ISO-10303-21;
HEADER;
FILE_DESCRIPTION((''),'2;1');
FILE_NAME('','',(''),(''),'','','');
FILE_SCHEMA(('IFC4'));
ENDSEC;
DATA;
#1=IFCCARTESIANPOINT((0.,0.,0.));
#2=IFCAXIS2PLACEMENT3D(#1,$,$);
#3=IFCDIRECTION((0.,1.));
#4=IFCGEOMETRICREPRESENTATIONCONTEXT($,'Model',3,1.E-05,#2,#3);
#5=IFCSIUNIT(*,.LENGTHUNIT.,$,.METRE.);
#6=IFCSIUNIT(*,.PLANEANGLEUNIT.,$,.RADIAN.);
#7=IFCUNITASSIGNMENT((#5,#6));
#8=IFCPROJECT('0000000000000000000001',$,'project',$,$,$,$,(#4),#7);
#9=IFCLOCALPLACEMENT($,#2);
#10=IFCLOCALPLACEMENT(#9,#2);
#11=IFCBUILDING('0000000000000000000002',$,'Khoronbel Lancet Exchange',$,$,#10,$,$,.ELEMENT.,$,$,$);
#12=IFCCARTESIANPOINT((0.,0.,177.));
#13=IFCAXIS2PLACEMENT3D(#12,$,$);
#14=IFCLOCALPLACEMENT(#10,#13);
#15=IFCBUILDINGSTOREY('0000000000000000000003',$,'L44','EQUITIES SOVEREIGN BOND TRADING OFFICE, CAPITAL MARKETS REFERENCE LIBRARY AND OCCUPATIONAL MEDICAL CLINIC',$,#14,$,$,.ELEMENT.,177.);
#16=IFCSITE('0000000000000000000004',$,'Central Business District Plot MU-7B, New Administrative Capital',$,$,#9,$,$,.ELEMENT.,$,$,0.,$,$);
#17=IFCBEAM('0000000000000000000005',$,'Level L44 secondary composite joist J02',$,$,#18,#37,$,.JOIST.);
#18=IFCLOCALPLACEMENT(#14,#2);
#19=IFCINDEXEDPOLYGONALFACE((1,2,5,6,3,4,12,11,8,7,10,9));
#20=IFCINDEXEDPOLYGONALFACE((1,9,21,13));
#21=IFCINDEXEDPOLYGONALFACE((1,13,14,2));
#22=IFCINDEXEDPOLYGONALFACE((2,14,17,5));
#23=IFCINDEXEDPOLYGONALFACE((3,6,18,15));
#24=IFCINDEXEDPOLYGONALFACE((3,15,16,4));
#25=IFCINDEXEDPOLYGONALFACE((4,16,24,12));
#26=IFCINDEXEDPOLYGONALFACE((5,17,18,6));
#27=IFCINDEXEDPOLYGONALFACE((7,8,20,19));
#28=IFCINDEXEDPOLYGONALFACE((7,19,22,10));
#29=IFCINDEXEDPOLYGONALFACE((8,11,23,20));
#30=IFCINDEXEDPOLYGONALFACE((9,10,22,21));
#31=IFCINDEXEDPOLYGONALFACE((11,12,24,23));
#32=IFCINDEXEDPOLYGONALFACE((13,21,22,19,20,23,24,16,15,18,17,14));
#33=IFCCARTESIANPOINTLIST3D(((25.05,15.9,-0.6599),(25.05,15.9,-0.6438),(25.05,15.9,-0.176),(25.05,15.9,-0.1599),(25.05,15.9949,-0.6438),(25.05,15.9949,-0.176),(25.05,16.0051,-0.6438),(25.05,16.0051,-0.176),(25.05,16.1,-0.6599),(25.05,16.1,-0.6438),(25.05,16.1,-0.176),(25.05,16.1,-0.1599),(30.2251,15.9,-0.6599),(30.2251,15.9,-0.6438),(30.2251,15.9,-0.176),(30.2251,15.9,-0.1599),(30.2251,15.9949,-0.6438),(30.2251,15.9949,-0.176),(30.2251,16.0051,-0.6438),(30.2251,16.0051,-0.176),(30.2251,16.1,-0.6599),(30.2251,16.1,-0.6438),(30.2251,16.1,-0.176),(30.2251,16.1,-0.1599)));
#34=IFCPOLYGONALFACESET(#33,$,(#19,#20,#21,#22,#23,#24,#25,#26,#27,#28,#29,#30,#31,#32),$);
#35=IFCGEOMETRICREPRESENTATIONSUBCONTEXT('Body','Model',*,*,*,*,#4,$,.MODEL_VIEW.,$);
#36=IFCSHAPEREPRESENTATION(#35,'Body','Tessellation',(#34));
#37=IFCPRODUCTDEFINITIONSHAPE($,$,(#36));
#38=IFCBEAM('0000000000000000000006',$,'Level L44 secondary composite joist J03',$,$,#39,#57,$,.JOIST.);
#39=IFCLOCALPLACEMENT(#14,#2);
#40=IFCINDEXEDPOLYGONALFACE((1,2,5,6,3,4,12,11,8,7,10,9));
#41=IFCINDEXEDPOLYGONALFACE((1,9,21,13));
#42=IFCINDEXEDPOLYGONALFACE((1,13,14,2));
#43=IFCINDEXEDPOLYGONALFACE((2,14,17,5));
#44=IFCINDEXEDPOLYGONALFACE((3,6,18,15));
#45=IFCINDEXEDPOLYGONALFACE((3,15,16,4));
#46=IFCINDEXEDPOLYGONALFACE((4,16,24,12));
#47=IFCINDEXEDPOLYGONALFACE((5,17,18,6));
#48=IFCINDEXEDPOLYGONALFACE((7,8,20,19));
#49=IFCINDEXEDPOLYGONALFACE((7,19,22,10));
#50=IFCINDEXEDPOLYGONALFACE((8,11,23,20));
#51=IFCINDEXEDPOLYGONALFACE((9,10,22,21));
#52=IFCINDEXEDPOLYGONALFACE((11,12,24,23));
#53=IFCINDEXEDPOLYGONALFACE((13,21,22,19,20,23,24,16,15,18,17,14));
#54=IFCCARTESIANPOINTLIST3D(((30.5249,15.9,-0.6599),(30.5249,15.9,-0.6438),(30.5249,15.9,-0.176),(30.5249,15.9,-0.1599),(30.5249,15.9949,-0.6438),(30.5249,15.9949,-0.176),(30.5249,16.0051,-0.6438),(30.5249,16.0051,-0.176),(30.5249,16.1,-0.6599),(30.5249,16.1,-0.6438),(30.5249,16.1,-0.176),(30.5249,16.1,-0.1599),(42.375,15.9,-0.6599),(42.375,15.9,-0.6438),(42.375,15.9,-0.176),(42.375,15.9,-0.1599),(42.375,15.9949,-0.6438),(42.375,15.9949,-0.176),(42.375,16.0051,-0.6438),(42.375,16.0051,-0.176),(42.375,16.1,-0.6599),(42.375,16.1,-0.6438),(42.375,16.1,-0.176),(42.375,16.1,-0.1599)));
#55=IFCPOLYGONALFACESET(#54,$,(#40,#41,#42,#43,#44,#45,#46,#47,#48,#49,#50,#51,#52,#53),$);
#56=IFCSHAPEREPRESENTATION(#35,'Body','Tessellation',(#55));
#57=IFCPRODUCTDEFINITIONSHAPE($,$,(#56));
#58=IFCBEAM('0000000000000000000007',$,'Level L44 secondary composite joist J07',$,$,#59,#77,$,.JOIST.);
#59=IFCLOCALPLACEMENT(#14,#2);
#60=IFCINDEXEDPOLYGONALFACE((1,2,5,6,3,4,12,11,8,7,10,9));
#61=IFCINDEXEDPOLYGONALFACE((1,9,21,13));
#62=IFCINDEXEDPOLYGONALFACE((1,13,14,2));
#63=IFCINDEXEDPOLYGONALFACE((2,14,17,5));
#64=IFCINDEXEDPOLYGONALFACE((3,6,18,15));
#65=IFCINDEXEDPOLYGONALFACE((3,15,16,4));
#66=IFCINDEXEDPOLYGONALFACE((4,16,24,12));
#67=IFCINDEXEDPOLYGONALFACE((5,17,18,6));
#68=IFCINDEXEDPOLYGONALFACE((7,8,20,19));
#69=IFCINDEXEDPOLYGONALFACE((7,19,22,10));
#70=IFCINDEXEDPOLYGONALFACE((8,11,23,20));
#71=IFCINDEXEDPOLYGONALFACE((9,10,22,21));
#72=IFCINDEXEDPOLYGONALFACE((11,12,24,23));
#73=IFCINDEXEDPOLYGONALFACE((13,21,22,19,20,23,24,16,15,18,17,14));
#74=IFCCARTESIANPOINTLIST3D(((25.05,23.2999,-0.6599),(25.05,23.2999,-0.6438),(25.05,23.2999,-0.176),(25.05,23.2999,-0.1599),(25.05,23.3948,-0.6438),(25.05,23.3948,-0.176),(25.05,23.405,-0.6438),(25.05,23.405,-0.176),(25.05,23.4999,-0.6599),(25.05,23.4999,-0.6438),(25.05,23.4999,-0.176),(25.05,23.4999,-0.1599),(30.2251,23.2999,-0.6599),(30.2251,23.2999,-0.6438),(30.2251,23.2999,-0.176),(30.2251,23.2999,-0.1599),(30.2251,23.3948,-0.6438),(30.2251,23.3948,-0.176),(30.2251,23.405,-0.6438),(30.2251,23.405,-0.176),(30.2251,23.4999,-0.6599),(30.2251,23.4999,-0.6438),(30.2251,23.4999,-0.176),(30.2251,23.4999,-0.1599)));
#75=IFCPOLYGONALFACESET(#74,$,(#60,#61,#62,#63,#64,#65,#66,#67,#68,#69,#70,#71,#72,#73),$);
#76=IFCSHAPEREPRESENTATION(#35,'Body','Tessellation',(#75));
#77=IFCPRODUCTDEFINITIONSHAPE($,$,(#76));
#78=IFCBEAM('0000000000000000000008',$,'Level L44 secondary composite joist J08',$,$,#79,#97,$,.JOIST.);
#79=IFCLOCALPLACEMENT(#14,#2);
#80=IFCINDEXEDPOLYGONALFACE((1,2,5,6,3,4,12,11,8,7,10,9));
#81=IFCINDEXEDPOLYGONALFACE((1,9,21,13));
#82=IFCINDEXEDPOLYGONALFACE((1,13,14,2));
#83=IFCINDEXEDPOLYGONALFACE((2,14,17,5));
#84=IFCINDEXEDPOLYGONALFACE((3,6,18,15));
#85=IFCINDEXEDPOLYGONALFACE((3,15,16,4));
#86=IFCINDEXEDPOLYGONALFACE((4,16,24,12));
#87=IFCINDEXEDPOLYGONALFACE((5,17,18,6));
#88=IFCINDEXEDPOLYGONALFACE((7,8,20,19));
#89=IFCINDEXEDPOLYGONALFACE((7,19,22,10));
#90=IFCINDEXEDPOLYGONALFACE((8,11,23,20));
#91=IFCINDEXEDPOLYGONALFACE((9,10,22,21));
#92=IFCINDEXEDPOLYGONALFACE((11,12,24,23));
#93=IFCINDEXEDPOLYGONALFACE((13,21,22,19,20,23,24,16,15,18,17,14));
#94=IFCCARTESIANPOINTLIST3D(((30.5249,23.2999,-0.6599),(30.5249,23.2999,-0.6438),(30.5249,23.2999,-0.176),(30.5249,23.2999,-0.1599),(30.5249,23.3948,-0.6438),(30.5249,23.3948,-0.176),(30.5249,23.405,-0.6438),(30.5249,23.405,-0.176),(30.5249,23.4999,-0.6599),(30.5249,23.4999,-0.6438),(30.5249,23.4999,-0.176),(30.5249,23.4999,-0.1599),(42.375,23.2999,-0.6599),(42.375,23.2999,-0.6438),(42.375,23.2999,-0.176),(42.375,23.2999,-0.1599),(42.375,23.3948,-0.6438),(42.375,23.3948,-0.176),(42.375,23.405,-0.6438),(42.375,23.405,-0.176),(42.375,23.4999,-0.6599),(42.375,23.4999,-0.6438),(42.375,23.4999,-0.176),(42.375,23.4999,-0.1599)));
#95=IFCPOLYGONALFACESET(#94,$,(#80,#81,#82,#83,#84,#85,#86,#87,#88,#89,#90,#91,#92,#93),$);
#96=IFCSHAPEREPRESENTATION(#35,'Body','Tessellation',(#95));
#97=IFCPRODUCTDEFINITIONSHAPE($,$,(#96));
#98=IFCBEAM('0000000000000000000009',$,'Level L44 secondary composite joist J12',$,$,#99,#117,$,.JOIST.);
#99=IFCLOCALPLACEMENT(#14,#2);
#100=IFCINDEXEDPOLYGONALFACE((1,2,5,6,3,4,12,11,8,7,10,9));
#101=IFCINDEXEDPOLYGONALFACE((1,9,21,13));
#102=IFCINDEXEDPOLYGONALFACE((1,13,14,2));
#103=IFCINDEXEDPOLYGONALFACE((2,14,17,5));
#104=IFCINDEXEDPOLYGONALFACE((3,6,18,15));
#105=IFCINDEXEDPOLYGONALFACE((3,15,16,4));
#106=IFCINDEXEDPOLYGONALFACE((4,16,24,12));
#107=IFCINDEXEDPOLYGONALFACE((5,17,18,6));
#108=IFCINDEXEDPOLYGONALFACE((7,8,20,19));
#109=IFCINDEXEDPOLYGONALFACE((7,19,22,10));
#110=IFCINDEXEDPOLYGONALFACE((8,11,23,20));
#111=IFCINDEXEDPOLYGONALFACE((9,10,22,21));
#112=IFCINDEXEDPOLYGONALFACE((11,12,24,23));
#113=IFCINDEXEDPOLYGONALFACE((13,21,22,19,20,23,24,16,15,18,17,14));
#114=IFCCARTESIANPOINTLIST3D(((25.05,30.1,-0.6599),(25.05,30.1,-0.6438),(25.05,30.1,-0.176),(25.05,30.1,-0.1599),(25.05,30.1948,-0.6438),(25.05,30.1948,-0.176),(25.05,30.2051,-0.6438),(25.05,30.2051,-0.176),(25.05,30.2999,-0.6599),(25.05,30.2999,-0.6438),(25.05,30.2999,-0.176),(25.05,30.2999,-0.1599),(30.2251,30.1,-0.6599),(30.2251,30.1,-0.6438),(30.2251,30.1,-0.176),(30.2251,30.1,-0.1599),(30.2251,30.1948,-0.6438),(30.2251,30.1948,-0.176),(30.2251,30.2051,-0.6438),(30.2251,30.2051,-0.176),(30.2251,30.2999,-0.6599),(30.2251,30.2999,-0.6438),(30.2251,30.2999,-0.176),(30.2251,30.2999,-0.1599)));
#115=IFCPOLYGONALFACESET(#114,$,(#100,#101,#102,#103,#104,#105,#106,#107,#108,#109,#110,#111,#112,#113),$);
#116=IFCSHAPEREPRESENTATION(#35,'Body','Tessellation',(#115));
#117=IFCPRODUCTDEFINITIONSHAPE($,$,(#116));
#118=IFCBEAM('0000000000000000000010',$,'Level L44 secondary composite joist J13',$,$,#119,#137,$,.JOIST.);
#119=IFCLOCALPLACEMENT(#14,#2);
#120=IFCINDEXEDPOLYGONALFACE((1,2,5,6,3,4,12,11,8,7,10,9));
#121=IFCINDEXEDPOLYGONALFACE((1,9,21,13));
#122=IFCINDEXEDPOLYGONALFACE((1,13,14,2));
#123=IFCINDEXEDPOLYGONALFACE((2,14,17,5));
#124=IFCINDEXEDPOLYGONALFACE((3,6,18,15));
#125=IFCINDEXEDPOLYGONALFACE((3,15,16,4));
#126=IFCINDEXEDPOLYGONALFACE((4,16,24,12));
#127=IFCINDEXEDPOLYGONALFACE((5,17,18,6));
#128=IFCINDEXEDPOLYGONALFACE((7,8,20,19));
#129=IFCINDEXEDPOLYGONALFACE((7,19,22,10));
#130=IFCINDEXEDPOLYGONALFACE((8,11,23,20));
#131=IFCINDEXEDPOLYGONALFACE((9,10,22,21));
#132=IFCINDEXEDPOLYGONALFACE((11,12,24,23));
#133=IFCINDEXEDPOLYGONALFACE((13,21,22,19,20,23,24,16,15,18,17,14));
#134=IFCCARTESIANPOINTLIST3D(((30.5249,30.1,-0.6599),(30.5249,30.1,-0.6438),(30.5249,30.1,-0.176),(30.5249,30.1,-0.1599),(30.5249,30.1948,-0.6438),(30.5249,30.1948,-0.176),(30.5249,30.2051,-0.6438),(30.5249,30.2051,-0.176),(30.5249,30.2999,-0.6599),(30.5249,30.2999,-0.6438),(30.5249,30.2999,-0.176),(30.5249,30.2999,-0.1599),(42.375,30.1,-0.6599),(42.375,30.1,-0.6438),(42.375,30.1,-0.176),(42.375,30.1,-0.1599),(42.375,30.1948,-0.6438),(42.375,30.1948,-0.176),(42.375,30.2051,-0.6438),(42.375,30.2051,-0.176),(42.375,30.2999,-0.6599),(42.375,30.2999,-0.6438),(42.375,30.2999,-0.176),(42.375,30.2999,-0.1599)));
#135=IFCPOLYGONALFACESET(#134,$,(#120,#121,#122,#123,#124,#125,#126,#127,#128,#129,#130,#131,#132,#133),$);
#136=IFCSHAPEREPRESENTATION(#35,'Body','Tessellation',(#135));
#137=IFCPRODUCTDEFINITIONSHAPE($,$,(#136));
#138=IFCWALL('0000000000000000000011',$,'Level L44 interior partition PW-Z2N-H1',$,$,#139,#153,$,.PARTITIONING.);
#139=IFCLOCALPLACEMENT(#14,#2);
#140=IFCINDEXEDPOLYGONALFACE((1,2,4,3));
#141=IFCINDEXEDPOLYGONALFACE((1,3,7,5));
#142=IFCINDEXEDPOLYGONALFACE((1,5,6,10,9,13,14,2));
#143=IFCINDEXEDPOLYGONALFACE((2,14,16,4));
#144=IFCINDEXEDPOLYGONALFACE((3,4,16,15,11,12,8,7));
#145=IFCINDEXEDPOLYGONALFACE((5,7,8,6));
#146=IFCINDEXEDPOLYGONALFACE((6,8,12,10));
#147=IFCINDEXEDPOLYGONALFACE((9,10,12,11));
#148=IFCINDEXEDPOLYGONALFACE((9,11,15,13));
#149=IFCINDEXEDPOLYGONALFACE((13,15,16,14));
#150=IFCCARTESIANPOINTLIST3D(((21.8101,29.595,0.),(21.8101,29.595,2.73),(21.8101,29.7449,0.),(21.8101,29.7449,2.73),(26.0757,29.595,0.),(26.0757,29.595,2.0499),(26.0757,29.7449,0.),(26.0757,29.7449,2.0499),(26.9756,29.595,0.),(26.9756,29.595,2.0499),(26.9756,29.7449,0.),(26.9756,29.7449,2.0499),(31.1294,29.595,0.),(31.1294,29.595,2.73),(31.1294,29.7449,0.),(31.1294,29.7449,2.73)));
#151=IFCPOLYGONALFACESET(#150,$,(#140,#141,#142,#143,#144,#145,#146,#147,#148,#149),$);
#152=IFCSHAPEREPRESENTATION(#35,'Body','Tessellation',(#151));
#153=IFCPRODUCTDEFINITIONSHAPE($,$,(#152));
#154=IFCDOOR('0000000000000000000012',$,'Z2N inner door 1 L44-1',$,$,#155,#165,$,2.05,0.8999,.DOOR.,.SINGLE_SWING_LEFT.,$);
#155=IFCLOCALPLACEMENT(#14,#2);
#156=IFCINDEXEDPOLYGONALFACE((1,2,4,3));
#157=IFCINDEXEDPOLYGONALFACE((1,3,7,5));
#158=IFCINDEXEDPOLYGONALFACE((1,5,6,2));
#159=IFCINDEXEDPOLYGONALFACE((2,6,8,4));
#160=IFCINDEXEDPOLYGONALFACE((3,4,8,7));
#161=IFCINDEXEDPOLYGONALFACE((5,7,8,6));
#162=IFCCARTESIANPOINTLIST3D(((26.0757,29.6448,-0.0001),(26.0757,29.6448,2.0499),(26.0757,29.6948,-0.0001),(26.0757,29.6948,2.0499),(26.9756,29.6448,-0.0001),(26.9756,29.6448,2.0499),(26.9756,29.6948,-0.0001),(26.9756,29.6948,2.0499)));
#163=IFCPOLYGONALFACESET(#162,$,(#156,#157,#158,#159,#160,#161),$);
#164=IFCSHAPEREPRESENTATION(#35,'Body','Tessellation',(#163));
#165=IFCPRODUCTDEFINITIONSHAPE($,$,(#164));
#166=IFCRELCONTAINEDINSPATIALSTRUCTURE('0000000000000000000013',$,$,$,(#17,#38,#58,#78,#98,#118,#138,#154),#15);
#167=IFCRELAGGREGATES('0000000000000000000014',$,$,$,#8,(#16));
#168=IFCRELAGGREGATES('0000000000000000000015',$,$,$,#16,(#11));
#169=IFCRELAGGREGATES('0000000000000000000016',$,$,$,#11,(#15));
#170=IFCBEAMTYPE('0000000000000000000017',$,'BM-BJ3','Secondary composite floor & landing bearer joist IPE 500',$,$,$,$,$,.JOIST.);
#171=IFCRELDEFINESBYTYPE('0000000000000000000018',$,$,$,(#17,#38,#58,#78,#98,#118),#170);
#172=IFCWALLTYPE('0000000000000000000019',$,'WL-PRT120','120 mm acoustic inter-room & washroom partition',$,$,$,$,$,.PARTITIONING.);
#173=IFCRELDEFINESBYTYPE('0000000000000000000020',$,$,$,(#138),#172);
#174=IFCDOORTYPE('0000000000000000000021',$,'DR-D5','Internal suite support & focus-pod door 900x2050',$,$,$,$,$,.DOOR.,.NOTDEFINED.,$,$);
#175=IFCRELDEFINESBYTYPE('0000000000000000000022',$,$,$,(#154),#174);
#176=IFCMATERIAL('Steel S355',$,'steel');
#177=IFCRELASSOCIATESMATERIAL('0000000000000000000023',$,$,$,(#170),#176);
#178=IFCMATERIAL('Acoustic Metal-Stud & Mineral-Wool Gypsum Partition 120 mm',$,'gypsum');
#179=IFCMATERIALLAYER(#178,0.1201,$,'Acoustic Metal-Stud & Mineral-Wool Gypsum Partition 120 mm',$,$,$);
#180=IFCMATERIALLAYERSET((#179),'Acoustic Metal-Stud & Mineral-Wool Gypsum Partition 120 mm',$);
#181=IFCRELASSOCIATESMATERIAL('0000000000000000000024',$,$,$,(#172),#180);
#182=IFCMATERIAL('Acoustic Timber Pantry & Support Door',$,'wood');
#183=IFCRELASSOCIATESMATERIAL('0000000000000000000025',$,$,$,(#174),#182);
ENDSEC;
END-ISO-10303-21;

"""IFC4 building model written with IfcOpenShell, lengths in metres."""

from ifc_helpers import new_model, si_unit, direction, frame, frame_2d, origin, origin_2d, place, context, subcontext, project, spatial, rectangle, i_section, extrude, material, layer, layer_set, material_profile, profile_set, type_object, element, fill, save


model = new_model("IFC4")

# Units and contexts
model_context = context("Model", 3, precision=1e-05, world=origin(), true_north=direction((0.0, 1.0)))
body_context = subcontext(model_context, "Body", "Model", "MODEL_VIEW")
ifc_project = project(units=[si_unit("LENGTHUNIT", "METRE"), si_unit("PLANEANGLEUNIT", "RADIAN")], contexts=[model_context])

# Site, building, storey
site_placement = place(None, origin())
site = spatial("IfcSite", under=ifc_project, at=site_placement, Name="Central Business District Plot MU-7B, New Administrative Capital", CompositionType="ELEMENT", RefElevation=0.0)
building_placement = place(site_placement, origin())
building = spatial("IfcBuilding", under=site, at=building_placement, Name="Khoronbel Lancet Exchange", CompositionType="ELEMENT")
storey_placement = place(building_placement, frame((0.0, 0.0, 177.0)))
storey = spatial("IfcBuildingStorey", under=building, at=storey_placement, Name="L44", Description="EQUITIES SOVEREIGN BOND TRADING OFFICE, CAPITAL MARKETS REFERENCE LIBRARY AND OCCUPATIONAL MEDICAL CLINIC", CompositionType="ELEMENT", Elevation=177.0)

# Beams
ifc_material_1 = material(Name="Steel S355", Category="steel")
ifc_material_profile = material_profile(ifc_material_1, i_section(OverallWidth=0.2, OverallDepth=0.5, WebThickness=0.0103, FlangeThickness=0.0161, at=origin_2d()), Name="IPE 500")
ifc_profile_set = profile_set([ifc_material_profile], Name="Steel S355")
beam_type = type_object("IfcBeamType", Name="BM-BJ3", Description="Secondary composite floor & landing bearer joist IPE 500", PredefinedType="JOIST", material=ifc_profile_set)
beam_1_placement = place(storey_placement, frame((25.05, 16.0, -0.4099), z_axis=(1.0, 0.0, 0.0), x_axis=(0.0, 1.0, 0.0)))
element("IfcBeam", 1, at=beam_1_placement, inside=storey, type_object=beam_type, Name="Level L44 secondary composite joist J02", PredefinedType="JOIST", context=body_context, shape_type="SweptSolid", body=[
    extrude(i_section(OverallWidth=0.2, OverallDepth=0.5, WebThickness=0.0103, FlangeThickness=0.0161, at=origin_2d()), origin(), (0.0, 0.0, 1.0), 5.175),
])
beam_2_placement = place(storey_placement, frame((30.5249, 16.0, -0.4099), z_axis=(1.0, 0.0, 0.0), x_axis=(0.0, 1.0, 0.0)))
element("IfcBeam", 2, at=beam_2_placement, inside=storey, type_object=beam_type, Name="Level L44 secondary composite joist J03", PredefinedType="JOIST", context=body_context, shape_type="SweptSolid", body=[
    extrude(i_section(OverallWidth=0.2, OverallDepth=0.5, WebThickness=0.0103, FlangeThickness=0.0161, at=origin_2d()), origin(), (0.0, 0.0, 1.0), 11.8501),
])
beam_3_placement = place(storey_placement, frame((25.05, 23.3999, -0.4099), z_axis=(1.0, 0.0, 0.0), x_axis=(0.0, 1.0, 0.0)))
element("IfcBeam", 3, at=beam_3_placement, inside=storey, type_object=beam_type, Name="Level L44 secondary composite joist J07", PredefinedType="JOIST", context=body_context, shape_type="SweptSolid", body=[
    extrude(i_section(OverallWidth=0.2, OverallDepth=0.5, WebThickness=0.0103, FlangeThickness=0.0161, at=origin_2d()), origin(), (0.0, 0.0, 1.0), 5.175),
])
beam_4_placement = place(storey_placement, frame((30.5249, 23.3999, -0.4099), z_axis=(1.0, 0.0, 0.0), x_axis=(0.0, 1.0, 0.0)))
element("IfcBeam", 4, at=beam_4_placement, inside=storey, type_object=beam_type, Name="Level L44 secondary composite joist J08", PredefinedType="JOIST", context=body_context, shape_type="SweptSolid", body=[
    extrude(i_section(OverallWidth=0.2, OverallDepth=0.5, WebThickness=0.0103, FlangeThickness=0.0161, at=origin_2d()), origin(), (0.0, 0.0, 1.0), 11.8501),
])
beam_5_placement = place(storey_placement, frame((25.05, 30.2, -0.4099), z_axis=(1.0, 0.0, 0.0), x_axis=(0.0, 1.0, 0.0)))
element("IfcBeam", 5, at=beam_5_placement, inside=storey, type_object=beam_type, Name="Level L44 secondary composite joist J12", PredefinedType="JOIST", context=body_context, shape_type="SweptSolid", body=[
    extrude(i_section(OverallWidth=0.2, OverallDepth=0.5, WebThickness=0.0103, FlangeThickness=0.0161, at=origin_2d()), origin(), (0.0, 0.0, 1.0), 5.175),
])
beam_6_placement = place(storey_placement, frame((30.5249, 30.2, -0.4099), z_axis=(1.0, 0.0, 0.0), x_axis=(0.0, 1.0, 0.0)))
element("IfcBeam", 6, at=beam_6_placement, inside=storey, type_object=beam_type, Name="Level L44 secondary composite joist J13", PredefinedType="JOIST", context=body_context, shape_type="SweptSolid", body=[
    extrude(i_section(OverallWidth=0.2, OverallDepth=0.5, WebThickness=0.0103, FlangeThickness=0.0161, at=origin_2d()), origin(), (0.0, 0.0, 1.0), 11.8501),
])

# Wall, opening, door
ifc_material_2 = material(Name="Acoustic Metal-Stud & Mineral-Wool Gypsum Partition 120 mm", Category="gypsum")
ifc_layer_1 = layer(ifc_material_2, 0.1201, Name="Acoustic Metal-Stud & Mineral-Wool Gypsum Partition 120 mm")
ifc_layer_set_1 = layer_set([ifc_layer_1], Name="Acoustic Metal-Stud & Mineral-Wool Gypsum Partition 120 mm")
wall_type_1 = type_object("IfcWallType", Name="WL-PRT120", Description="120 mm acoustic inter-room & washroom partition", PredefinedType="PARTITIONING", material=ifc_layer_set_1)
wall_1_placement = place(storey_placement, frame((21.8101, 29.6699, 0.0), z_axis=(0.0, 0.0, 1.0), x_axis=(1.0, 0.0, 0.0)))
wall_1 = element("IfcWall", 7, at=wall_1_placement, inside=storey, type_object=wall_type_1, Name="Level L44 interior partition PW-Z2N-H1", PredefinedType="PARTITIONING", context=body_context, shape_type="SweptSolid", body=[
    extrude(rectangle(XDim=9.3193, YDim=0.1499, at=frame_2d((4.6597, 0.0))), origin(), (0.0, 0.0, 1.0), 2.73),
])
opening_1_placement = place(wall_1_placement, frame((4.2656, 0.0, 0.0)))
opening_1 = element("IfcOpeningElement", 8, at=opening_1_placement, cuts=wall_1, PredefinedType="OPENING", context=body_context, shape_type="SweptSolid", body=[
    extrude(rectangle(XDim=0.8999, YDim=2.05, at=frame_2d((0.45, 1.0249))), frame((0.0, 0.085, 0.0), z_axis=(0.0, -1.0, 0.0), x_axis=(1.0, 0.0, 0.0)), (0.0, 0.0, 1.0), 0.1699),
])
ifc_material_3 = material(Name="Acoustic Timber Pantry & Support Door", Category="wood")
door_type_1 = type_object("IfcDoorType", Name="DR-D5", Description="Internal suite support & focus-pod door 900x2050", OperationType="NOTDEFINED", PredefinedType="DOOR", material=ifc_material_3)
door_1_placement = place(opening_1_placement, origin())
door_1 = element("IfcDoor", 9, at=door_1_placement, inside=storey, type_object=door_type_1, Name="Z2N inner door 1 L44-1", OperationType="SINGLE_SWING_LEFT", OverallHeight=2.05, OverallWidth=0.8999, PredefinedType="DOOR", context=body_context, shape_type="SweptSolid", body=[
    extrude(rectangle(XDim=0.8999, YDim=2.05, at=frame_2d((0.45, 1.0249))), frame((0.0, 0.0249, 0.0), z_axis=(0.0, -1.0, 0.0), x_axis=(1.0, 0.0, 0.0)), (0.0, 0.0, 1.0), 0.05),
])
fill(opening_1, door_1)

save(model, "model.ifc")
